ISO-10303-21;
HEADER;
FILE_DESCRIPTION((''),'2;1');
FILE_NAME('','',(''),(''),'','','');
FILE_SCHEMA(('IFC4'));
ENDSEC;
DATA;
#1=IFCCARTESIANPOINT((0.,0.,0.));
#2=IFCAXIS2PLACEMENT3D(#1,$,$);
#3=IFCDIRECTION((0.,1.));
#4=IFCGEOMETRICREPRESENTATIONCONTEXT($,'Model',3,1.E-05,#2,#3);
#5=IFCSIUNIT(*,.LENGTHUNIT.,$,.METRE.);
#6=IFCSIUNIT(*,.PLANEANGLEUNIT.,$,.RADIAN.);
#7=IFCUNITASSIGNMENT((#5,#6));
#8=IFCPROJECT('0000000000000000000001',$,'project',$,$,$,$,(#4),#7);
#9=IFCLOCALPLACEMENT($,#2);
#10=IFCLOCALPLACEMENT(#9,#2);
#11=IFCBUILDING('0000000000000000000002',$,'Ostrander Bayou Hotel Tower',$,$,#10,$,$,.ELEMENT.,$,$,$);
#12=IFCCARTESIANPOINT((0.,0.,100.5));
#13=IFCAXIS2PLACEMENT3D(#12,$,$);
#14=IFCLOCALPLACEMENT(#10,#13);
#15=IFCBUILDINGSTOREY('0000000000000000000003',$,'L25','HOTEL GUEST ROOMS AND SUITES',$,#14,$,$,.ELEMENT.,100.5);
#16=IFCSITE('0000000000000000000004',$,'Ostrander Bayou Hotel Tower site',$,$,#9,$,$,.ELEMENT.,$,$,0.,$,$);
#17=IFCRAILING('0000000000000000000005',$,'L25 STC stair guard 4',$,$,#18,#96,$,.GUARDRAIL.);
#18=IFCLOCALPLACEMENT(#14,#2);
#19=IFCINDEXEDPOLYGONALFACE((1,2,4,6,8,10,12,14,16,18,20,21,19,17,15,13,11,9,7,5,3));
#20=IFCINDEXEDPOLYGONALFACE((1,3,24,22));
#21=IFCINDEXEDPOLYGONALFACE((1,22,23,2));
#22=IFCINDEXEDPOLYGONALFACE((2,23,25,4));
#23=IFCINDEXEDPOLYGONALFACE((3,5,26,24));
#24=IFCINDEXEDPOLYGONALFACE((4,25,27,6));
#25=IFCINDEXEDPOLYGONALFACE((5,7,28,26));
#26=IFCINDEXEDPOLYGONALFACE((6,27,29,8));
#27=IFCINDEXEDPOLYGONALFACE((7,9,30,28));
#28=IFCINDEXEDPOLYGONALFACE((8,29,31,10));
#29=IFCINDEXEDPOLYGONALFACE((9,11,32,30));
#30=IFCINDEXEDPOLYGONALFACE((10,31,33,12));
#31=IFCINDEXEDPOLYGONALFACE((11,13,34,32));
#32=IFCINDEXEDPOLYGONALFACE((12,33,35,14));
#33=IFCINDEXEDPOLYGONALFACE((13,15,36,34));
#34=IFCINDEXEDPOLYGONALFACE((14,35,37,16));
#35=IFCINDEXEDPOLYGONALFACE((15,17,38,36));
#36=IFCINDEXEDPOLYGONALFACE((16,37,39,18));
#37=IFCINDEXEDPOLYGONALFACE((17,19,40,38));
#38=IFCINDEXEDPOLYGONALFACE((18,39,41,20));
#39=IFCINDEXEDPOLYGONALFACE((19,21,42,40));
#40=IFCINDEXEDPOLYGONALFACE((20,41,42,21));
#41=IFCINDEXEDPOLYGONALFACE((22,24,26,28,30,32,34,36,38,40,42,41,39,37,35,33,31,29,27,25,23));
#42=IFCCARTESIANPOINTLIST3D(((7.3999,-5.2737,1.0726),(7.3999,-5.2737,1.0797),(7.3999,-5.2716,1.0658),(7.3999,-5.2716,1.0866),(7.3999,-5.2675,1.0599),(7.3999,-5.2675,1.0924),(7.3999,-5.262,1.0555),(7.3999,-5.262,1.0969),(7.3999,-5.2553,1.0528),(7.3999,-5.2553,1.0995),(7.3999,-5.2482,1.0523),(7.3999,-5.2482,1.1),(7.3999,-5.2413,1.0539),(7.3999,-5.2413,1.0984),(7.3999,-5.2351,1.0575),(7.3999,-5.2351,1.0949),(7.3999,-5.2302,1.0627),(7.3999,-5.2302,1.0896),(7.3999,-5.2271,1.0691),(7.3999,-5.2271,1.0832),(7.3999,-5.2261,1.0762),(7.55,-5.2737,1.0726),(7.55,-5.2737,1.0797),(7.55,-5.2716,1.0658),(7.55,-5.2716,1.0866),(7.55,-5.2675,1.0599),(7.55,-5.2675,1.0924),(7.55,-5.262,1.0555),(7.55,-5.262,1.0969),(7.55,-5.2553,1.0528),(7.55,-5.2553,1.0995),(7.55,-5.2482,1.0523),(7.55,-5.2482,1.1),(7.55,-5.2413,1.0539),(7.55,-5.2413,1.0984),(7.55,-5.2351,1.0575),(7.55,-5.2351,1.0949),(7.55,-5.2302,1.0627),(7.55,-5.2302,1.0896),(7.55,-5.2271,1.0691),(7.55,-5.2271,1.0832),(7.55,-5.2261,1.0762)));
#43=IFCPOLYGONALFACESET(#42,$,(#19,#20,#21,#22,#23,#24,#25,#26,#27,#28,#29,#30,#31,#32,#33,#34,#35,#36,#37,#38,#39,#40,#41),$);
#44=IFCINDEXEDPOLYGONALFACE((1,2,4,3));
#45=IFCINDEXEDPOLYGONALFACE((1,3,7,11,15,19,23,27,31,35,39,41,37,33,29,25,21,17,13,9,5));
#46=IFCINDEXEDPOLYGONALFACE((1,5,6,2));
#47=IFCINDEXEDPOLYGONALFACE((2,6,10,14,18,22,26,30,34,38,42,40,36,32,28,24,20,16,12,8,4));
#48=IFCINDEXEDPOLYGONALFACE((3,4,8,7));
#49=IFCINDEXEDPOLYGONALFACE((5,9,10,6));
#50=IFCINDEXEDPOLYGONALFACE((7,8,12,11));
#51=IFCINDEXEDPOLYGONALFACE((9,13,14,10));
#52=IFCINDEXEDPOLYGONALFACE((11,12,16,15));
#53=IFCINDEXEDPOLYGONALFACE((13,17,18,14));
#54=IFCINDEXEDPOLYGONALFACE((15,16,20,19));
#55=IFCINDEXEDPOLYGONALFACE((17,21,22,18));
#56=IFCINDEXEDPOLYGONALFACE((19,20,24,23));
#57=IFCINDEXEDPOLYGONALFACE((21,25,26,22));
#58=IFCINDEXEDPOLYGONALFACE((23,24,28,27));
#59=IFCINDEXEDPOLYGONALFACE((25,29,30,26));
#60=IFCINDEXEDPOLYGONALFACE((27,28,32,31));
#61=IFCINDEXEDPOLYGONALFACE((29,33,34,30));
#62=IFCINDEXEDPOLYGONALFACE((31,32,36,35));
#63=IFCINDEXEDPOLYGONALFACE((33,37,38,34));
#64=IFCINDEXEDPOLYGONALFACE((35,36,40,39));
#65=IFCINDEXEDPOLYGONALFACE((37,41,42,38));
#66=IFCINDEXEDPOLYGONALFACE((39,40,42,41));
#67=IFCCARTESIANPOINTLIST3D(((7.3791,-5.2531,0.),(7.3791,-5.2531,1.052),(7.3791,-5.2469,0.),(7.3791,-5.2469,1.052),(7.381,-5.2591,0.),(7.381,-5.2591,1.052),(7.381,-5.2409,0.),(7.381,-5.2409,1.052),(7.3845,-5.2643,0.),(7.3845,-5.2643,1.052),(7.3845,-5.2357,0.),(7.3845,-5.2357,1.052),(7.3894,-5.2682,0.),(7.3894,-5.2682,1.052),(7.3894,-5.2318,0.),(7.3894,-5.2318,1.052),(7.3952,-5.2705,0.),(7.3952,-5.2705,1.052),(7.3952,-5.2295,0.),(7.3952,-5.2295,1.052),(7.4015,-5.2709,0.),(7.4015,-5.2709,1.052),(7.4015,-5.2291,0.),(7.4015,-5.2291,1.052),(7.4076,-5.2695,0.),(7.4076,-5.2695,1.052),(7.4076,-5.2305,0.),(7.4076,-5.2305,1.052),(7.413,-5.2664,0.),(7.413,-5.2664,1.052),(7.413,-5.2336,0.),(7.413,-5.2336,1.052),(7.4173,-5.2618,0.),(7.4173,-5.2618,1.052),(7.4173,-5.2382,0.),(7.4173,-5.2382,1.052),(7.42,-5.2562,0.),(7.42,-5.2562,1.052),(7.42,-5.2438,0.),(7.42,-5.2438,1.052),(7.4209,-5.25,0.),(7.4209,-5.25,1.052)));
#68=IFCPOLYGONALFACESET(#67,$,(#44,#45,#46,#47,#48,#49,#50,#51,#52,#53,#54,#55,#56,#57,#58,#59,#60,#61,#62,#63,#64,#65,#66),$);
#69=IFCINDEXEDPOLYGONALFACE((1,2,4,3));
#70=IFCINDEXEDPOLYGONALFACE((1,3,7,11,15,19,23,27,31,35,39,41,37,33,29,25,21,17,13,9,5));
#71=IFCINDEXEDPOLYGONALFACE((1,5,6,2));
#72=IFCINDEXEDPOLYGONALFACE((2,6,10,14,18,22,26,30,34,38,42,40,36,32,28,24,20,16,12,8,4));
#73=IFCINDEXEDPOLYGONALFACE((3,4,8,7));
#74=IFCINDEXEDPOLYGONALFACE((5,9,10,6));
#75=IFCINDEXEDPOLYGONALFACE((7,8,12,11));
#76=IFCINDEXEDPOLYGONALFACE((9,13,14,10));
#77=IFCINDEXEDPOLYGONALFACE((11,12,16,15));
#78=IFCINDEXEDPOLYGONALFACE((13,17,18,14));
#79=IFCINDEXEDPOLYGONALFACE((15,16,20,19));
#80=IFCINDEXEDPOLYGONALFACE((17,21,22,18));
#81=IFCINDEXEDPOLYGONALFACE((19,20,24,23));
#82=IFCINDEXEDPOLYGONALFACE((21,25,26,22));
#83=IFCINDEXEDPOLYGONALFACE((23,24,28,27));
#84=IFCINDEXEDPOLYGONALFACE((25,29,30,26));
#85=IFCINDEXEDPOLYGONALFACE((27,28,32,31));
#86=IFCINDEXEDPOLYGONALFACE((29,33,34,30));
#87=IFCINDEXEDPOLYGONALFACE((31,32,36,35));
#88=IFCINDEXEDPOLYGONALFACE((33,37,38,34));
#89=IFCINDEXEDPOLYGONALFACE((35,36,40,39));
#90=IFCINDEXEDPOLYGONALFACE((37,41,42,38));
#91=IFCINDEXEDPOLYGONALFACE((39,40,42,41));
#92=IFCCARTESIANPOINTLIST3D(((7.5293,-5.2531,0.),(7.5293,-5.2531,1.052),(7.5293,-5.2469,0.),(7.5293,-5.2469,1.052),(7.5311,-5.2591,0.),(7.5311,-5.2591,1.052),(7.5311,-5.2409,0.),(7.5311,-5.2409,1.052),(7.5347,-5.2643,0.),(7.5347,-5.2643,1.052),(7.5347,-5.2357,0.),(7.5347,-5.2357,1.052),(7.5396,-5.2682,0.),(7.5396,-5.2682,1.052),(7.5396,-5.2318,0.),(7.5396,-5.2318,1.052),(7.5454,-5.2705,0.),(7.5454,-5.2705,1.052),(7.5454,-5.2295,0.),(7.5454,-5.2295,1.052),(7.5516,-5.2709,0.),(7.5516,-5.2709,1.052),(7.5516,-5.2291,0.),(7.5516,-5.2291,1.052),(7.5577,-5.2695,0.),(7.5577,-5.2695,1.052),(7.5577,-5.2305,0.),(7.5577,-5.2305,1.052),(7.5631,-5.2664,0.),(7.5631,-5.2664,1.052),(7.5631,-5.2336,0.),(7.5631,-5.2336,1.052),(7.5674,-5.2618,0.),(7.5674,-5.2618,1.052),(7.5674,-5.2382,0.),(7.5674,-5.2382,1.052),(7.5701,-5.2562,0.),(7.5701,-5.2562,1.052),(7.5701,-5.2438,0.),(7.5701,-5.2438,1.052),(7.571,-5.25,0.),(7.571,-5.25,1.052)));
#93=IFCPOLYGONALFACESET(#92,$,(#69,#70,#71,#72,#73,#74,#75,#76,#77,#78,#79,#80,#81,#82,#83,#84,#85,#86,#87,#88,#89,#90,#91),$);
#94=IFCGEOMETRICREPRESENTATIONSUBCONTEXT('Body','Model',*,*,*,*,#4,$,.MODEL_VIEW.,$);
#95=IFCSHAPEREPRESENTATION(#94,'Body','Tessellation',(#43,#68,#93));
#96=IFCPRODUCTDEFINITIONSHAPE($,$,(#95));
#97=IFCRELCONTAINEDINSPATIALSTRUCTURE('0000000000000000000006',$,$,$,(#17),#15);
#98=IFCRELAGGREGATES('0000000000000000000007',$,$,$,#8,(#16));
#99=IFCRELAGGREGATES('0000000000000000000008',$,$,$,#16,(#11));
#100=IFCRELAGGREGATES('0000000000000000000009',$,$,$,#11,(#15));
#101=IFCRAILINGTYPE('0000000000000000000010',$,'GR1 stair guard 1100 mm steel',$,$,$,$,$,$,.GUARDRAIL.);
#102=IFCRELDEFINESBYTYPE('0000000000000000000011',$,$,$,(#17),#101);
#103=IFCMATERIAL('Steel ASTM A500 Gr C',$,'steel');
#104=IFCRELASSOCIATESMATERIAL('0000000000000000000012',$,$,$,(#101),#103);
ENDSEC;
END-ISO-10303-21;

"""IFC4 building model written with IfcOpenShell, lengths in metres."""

from ifc_helpers import new_model, si_unit, direction, frame, origin, origin_2d, place, context, subcontext, project, spatial, circle, extrude, material, type_object, element, save


model = new_model("IFC4")

# Units and contexts
model_context = context("Model", 3, precision=1e-05, world=origin(), true_north=direction((0.0, 1.0)))
body_context = subcontext(model_context, "Body", "Model", "MODEL_VIEW")
ifc_project = project(units=[si_unit("LENGTHUNIT", "METRE"), si_unit("PLANEANGLEUNIT", "RADIAN")], contexts=[model_context])

# Site, building, storey
site_placement = place(None, origin())
site = spatial("IfcSite", under=ifc_project, at=site_placement, Name="Ostrander Bayou Hotel Tower site", CompositionType="ELEMENT", RefElevation=0.0)
building_placement = place(site_placement, origin())
building = spatial("IfcBuilding", under=site, at=building_placement, Name="Ostrander Bayou Hotel Tower", CompositionType="ELEMENT")
storey_placement = place(building_placement, frame((0.0, 0.0, 100.5)))
storey = spatial("IfcBuildingStorey", under=building, at=storey_placement, Name="L25", Description="HOTEL GUEST ROOMS AND SUITES", CompositionType="ELEMENT", Elevation=100.5)

# Railing
ifc_material_1 = material(Name="Steel ASTM A500 Gr C", Category="steel")
railing_type_1 = type_object("IfcRailingType", Name="GR1 stair guard 1100 mm steel", PredefinedType="GUARDRAIL", material=ifc_material_1)
railing_1_placement = place(storey_placement, frame((7.3999, -5.25, 0.0)))
element("IfcRailing", 1, at=railing_1_placement, inside=storey, type_object=railing_type_1, Name="L25 STC stair guard 4", PredefinedType="GUARDRAIL", context=body_context, shape_type="SweptSolid", body=[
    extrude(circle(Radius=0.0239, at=origin_2d()), frame((0.0, 0.0, 1.0762), z_axis=(1.0, 0.0, 0.0), x_axis=(0.0, 1.0, 0.0)), (0.0, 0.0, 1.0), 0.1501),
    extrude(circle(Radius=0.021, at=origin_2d()), origin(), (0.0, 0.0, 1.0), 1.052),
    extrude(circle(Radius=0.021, at=origin_2d()), frame((0.1501, 0.0, 0.0)), (0.0, 0.0, 1.0), 1.052),
])

save(model, "model.ifc")
